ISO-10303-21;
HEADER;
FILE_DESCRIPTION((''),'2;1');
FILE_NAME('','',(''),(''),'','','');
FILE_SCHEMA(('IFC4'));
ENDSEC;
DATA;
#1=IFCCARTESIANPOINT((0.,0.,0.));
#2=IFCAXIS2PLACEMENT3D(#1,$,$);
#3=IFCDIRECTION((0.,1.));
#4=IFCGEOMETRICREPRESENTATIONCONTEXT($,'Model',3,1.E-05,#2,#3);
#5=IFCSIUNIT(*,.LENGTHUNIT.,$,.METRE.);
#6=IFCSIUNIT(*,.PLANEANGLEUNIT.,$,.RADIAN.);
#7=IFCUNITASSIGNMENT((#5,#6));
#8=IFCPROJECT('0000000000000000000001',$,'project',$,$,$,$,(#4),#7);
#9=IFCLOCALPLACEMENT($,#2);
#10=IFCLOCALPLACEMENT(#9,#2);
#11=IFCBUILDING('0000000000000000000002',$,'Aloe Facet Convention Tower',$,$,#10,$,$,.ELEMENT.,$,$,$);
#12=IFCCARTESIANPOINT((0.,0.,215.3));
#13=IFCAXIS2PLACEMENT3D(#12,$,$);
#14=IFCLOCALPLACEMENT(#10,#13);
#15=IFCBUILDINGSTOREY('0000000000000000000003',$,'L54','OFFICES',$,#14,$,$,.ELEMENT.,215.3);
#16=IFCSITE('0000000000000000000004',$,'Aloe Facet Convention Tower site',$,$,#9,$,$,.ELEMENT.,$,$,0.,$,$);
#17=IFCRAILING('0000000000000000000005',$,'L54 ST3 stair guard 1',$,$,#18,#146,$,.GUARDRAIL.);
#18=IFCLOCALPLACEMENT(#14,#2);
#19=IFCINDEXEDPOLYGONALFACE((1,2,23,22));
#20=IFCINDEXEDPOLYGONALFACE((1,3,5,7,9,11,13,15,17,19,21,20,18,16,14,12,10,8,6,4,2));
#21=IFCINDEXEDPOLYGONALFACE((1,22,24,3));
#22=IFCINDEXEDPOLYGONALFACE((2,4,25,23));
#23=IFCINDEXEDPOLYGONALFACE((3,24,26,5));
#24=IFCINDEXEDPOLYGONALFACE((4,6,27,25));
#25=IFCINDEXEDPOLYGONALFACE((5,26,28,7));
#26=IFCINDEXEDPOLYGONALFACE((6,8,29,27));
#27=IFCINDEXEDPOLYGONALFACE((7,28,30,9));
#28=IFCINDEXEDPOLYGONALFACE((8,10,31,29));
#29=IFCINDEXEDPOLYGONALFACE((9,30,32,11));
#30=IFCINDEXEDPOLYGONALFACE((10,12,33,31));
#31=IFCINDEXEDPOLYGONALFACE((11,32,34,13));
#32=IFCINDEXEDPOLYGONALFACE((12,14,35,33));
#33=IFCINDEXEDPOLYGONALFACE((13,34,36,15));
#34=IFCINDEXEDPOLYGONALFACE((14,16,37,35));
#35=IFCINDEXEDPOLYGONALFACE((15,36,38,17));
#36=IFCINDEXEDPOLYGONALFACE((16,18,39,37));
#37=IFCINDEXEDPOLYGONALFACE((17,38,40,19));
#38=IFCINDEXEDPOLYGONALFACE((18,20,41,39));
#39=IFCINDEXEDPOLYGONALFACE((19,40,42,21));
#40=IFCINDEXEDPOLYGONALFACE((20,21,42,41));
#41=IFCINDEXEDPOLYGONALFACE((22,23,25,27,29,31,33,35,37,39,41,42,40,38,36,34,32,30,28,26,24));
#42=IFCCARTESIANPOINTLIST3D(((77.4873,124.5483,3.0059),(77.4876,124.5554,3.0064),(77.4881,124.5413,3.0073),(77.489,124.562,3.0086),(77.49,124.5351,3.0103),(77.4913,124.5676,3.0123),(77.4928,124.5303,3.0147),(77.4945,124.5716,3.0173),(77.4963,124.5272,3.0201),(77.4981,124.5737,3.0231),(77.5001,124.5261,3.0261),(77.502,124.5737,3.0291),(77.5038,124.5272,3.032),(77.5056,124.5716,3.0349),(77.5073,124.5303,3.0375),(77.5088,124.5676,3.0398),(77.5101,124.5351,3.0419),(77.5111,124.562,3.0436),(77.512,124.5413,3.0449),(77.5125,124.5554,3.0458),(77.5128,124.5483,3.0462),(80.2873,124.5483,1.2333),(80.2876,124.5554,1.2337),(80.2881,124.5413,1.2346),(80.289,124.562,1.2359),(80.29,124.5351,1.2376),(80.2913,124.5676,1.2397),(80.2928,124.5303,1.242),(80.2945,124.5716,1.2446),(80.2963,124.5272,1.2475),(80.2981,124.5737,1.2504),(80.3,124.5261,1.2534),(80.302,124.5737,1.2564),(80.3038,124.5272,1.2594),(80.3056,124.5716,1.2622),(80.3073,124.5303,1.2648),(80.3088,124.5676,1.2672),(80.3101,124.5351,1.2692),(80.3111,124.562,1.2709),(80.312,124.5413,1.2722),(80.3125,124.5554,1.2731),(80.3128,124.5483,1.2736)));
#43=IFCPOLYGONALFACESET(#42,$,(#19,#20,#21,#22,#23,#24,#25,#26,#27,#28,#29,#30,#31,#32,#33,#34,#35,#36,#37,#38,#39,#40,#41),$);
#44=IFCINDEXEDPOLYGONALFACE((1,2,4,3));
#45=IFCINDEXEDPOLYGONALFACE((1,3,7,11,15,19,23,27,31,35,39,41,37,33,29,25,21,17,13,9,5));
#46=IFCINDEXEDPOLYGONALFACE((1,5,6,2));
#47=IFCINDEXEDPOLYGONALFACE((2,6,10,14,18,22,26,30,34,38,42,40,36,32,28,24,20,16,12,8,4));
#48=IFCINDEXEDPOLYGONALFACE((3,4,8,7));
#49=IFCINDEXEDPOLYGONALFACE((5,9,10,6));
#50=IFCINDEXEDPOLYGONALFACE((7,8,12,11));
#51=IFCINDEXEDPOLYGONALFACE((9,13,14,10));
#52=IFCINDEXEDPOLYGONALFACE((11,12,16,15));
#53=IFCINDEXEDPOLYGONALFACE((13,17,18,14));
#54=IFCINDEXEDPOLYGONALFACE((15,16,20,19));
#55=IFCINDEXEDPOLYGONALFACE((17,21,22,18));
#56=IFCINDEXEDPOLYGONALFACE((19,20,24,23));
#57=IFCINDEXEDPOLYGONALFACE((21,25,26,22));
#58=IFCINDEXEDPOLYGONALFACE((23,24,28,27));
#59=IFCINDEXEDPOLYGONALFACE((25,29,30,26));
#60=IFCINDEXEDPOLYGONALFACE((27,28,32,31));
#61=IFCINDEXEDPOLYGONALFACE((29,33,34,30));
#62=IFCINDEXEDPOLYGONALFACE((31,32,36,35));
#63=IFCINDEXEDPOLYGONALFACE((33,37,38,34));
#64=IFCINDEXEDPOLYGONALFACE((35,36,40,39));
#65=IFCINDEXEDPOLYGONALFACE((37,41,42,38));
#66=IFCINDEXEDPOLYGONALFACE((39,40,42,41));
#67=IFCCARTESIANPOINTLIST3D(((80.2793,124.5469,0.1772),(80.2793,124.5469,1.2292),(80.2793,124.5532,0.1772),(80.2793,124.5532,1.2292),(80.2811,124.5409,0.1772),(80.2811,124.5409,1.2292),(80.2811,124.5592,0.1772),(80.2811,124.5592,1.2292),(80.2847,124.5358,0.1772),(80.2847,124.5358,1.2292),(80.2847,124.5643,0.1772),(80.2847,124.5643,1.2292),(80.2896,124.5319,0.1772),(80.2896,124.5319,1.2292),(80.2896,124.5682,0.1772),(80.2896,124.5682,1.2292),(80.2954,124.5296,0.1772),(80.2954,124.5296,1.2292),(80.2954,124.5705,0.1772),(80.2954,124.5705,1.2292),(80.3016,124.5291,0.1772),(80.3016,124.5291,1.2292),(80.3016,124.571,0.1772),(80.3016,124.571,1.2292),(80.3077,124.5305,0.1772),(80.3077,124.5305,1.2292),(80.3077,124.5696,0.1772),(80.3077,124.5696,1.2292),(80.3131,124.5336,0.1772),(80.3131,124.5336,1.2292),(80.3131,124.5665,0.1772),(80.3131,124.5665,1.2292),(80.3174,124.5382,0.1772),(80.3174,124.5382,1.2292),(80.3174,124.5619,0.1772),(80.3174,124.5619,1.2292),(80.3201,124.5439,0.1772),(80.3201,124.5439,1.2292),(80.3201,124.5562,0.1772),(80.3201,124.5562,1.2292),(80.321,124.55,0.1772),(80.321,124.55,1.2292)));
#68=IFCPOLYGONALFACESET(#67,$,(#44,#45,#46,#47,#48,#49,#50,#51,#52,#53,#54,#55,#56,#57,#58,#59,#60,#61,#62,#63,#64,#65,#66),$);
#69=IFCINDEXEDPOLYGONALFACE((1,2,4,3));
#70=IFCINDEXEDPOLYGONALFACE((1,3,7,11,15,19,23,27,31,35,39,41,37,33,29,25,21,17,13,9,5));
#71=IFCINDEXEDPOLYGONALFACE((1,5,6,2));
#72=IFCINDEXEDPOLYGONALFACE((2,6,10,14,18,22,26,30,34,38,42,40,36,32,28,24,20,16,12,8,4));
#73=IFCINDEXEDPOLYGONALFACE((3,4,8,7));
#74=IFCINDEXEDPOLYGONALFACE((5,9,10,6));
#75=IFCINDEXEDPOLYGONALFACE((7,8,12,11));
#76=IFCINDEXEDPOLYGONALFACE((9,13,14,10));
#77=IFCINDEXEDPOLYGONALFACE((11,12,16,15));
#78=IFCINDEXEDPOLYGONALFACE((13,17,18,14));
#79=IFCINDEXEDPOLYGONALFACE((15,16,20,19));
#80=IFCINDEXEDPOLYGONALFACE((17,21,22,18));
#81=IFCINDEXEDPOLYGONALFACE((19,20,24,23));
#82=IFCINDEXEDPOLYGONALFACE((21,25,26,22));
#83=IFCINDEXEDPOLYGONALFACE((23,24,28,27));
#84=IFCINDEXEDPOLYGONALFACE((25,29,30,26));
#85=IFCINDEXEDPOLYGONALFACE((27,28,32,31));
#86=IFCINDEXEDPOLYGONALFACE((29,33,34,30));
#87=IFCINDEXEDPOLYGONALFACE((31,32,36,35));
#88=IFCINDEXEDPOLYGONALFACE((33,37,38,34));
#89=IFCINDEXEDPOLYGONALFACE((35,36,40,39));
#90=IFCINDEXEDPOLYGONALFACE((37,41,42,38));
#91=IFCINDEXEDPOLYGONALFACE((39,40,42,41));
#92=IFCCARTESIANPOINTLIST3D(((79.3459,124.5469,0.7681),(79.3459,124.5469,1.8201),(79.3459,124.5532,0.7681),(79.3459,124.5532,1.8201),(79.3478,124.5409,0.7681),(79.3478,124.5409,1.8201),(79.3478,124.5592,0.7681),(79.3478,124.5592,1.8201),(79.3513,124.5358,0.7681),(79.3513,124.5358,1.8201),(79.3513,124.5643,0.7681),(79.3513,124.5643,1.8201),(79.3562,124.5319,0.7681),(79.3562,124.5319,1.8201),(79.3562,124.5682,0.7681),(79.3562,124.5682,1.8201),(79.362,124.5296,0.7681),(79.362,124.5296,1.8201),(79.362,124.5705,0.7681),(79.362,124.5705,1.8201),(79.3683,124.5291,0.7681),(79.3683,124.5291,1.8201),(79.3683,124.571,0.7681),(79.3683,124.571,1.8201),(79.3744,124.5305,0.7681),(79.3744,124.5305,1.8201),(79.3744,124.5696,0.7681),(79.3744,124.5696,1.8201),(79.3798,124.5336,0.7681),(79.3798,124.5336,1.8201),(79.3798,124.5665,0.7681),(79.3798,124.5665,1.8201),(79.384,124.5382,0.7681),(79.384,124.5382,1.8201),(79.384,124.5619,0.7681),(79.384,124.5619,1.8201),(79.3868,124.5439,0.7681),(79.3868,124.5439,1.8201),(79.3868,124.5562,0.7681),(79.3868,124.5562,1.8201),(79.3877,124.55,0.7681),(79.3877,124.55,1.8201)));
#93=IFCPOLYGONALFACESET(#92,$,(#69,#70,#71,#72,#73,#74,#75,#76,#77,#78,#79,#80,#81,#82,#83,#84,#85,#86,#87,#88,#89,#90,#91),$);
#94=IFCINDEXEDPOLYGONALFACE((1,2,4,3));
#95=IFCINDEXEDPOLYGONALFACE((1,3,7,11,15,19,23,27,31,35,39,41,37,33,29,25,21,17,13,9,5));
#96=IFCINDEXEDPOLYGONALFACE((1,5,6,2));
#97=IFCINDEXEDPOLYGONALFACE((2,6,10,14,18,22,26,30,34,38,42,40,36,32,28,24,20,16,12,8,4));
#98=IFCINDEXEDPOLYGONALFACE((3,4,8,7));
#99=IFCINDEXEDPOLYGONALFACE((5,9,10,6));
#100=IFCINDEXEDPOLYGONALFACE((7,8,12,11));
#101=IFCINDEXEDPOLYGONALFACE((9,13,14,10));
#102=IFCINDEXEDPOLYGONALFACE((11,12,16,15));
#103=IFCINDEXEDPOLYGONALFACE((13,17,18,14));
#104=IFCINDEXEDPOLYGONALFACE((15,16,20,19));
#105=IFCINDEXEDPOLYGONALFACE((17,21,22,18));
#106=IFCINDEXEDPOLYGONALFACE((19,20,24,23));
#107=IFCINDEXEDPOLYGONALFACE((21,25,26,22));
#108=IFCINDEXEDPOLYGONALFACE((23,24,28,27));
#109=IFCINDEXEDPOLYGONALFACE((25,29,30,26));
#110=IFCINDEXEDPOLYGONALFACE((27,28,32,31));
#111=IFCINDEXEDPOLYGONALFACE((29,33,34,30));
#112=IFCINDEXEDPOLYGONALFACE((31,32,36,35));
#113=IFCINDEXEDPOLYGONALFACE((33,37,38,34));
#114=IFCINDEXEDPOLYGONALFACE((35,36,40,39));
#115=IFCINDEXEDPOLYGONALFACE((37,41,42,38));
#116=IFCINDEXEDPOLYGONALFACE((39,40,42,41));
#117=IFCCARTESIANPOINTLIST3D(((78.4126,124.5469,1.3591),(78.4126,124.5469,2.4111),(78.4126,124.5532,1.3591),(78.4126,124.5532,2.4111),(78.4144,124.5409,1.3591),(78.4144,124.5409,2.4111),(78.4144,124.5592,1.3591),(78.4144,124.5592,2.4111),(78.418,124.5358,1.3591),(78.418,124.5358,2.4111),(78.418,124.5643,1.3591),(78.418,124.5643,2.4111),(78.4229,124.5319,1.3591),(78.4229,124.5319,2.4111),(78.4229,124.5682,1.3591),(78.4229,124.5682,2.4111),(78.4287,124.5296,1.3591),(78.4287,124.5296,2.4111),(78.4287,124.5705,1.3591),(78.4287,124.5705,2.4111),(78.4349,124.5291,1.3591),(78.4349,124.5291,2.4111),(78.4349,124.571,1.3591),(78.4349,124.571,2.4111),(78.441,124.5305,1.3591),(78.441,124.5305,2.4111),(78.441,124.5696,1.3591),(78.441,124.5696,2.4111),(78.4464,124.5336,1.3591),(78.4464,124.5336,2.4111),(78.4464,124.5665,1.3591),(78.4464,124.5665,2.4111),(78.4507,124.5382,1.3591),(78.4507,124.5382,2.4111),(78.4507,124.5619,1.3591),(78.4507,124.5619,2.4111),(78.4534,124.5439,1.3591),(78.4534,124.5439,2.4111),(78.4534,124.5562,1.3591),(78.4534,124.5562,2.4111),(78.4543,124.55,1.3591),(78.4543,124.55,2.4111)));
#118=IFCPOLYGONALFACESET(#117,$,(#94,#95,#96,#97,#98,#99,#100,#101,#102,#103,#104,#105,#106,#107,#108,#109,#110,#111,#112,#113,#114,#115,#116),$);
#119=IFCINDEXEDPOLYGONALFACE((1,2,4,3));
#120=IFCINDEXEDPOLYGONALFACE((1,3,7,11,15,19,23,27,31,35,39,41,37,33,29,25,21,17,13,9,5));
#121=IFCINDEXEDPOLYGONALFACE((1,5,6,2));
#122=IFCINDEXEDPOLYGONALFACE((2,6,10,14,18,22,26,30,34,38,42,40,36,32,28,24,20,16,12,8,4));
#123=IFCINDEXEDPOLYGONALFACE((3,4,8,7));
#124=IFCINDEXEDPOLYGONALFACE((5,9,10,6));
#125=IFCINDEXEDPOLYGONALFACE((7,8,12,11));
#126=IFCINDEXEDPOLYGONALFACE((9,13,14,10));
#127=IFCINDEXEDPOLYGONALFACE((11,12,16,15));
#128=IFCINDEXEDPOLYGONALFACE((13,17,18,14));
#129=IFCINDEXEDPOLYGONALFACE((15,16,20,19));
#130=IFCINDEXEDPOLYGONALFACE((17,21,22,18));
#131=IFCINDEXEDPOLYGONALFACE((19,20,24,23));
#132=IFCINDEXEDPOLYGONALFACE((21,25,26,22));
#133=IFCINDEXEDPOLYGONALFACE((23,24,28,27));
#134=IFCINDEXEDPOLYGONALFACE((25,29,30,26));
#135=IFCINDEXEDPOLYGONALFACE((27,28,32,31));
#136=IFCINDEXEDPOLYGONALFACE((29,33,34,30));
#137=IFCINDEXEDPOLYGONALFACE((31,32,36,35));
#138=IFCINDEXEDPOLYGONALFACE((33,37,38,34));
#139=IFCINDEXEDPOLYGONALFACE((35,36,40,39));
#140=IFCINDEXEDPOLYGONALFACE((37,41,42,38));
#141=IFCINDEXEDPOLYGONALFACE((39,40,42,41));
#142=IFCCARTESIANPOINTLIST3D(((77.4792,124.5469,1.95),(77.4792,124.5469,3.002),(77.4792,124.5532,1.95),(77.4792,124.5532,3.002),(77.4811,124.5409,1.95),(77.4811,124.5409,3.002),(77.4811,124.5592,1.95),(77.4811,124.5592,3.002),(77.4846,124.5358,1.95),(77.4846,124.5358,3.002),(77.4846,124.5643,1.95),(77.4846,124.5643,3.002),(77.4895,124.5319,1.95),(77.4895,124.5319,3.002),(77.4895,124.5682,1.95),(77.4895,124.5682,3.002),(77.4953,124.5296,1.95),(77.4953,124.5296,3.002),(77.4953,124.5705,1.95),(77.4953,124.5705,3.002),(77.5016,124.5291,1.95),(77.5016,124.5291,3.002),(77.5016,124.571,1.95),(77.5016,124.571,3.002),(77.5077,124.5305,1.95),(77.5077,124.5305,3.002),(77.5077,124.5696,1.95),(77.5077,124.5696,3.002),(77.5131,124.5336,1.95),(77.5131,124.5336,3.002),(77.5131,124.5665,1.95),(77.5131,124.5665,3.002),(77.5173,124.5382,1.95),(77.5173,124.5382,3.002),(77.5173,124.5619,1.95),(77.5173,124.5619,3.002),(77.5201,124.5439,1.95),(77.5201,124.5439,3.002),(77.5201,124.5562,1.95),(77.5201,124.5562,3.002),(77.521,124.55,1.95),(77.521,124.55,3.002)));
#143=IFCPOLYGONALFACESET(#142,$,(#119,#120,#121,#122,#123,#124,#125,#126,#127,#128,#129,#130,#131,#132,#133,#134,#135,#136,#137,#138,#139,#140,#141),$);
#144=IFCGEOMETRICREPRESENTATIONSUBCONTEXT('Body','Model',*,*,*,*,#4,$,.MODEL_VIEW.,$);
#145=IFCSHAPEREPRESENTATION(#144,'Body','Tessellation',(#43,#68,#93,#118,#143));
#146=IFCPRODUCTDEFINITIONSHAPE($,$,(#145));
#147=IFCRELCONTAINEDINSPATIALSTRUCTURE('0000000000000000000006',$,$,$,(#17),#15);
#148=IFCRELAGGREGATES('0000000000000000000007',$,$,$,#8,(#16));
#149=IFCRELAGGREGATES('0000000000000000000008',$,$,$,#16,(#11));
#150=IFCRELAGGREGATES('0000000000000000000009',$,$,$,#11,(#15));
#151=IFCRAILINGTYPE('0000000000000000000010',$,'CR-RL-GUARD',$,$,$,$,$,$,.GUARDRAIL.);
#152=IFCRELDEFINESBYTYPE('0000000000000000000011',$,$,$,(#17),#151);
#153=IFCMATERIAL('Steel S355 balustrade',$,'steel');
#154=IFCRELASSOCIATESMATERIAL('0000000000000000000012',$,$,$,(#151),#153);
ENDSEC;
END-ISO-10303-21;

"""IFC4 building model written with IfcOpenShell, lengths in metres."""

from ifc_helpers import new_model, si_unit, direction, frame, origin, origin_2d, place, context, subcontext, project, spatial, circle, extrude, material, type_object, element, save


model = new_model("IFC4")

# Units and contexts
model_context = context("Model", 3, precision=1e-05, world=origin(), true_north=direction((0.0, 1.0)))
body_context = subcontext(model_context, "Body", "Model", "MODEL_VIEW")
ifc_project = project(units=[si_unit("LENGTHUNIT", "METRE"), si_unit("PLANEANGLEUNIT", "RADIAN")], contexts=[model_context])

# Site, building, storey
site_placement = place(None, origin())
site = spatial("IfcSite", under=ifc_project, at=site_placement, Name="Aloe Facet Convention Tower site", CompositionType="ELEMENT", RefElevation=0.0)
building_placement = place(site_placement, origin())
building = spatial("IfcBuilding", under=site, at=building_placement, Name="Aloe Facet Convention Tower", CompositionType="ELEMENT")
storey_placement = place(building_placement, frame((0.0, 0.0, 215.3)))
storey = spatial("IfcBuildingStorey", under=building, at=storey_placement, Name="L54", Description="OFFICES", CompositionType="ELEMENT", Elevation=215.3)

# Railing
ifc_material_1 = material(Name="Steel S355 balustrade", Category="steel")
railing_type_1 = type_object("IfcRailingType", Name="CR-RL-GUARD", PredefinedType="GUARDRAIL", material=ifc_material_1)
railing_1_placement = place(storey_placement, frame((80.3, 124.55, 0.1772)))
element("IfcRailing", 1, at=railing_1_placement, inside=storey, type_object=railing_type_1, Name="L54 ST3 stair guard 1", PredefinedType="GUARDRAIL", context=body_context, shape_type="SweptSolid", body=[
    extrude(circle(Radius=0.0239, at=origin_2d()), frame((0.0, 0.0, 1.0762), z_axis=(-0.844909, 0.0, 0.53491), x_axis=(0.0, -1.0, 0.0)), (0.0, 0.0, 1.0), 3.314),
    extrude(circle(Radius=0.021, at=origin_2d()), origin(), (0.0, 0.0, 1.0), 1.052),
    extrude(circle(Radius=0.021, at=origin_2d()), frame((-0.9333, 0.0, 0.5908)), (0.0, 0.0, 1.0), 1.052),
    extrude(circle(Radius=0.021, at=origin_2d()), frame((-1.8667, 0.0, 1.1819)), (0.0, 0.0, 1.0), 1.052),
    extrude(circle(Radius=0.021, at=origin_2d()), frame((-2.8, 0.0, 1.7727)), (0.0, 0.0, 1.0), 1.052),
])

save(model, "model.ifc")
